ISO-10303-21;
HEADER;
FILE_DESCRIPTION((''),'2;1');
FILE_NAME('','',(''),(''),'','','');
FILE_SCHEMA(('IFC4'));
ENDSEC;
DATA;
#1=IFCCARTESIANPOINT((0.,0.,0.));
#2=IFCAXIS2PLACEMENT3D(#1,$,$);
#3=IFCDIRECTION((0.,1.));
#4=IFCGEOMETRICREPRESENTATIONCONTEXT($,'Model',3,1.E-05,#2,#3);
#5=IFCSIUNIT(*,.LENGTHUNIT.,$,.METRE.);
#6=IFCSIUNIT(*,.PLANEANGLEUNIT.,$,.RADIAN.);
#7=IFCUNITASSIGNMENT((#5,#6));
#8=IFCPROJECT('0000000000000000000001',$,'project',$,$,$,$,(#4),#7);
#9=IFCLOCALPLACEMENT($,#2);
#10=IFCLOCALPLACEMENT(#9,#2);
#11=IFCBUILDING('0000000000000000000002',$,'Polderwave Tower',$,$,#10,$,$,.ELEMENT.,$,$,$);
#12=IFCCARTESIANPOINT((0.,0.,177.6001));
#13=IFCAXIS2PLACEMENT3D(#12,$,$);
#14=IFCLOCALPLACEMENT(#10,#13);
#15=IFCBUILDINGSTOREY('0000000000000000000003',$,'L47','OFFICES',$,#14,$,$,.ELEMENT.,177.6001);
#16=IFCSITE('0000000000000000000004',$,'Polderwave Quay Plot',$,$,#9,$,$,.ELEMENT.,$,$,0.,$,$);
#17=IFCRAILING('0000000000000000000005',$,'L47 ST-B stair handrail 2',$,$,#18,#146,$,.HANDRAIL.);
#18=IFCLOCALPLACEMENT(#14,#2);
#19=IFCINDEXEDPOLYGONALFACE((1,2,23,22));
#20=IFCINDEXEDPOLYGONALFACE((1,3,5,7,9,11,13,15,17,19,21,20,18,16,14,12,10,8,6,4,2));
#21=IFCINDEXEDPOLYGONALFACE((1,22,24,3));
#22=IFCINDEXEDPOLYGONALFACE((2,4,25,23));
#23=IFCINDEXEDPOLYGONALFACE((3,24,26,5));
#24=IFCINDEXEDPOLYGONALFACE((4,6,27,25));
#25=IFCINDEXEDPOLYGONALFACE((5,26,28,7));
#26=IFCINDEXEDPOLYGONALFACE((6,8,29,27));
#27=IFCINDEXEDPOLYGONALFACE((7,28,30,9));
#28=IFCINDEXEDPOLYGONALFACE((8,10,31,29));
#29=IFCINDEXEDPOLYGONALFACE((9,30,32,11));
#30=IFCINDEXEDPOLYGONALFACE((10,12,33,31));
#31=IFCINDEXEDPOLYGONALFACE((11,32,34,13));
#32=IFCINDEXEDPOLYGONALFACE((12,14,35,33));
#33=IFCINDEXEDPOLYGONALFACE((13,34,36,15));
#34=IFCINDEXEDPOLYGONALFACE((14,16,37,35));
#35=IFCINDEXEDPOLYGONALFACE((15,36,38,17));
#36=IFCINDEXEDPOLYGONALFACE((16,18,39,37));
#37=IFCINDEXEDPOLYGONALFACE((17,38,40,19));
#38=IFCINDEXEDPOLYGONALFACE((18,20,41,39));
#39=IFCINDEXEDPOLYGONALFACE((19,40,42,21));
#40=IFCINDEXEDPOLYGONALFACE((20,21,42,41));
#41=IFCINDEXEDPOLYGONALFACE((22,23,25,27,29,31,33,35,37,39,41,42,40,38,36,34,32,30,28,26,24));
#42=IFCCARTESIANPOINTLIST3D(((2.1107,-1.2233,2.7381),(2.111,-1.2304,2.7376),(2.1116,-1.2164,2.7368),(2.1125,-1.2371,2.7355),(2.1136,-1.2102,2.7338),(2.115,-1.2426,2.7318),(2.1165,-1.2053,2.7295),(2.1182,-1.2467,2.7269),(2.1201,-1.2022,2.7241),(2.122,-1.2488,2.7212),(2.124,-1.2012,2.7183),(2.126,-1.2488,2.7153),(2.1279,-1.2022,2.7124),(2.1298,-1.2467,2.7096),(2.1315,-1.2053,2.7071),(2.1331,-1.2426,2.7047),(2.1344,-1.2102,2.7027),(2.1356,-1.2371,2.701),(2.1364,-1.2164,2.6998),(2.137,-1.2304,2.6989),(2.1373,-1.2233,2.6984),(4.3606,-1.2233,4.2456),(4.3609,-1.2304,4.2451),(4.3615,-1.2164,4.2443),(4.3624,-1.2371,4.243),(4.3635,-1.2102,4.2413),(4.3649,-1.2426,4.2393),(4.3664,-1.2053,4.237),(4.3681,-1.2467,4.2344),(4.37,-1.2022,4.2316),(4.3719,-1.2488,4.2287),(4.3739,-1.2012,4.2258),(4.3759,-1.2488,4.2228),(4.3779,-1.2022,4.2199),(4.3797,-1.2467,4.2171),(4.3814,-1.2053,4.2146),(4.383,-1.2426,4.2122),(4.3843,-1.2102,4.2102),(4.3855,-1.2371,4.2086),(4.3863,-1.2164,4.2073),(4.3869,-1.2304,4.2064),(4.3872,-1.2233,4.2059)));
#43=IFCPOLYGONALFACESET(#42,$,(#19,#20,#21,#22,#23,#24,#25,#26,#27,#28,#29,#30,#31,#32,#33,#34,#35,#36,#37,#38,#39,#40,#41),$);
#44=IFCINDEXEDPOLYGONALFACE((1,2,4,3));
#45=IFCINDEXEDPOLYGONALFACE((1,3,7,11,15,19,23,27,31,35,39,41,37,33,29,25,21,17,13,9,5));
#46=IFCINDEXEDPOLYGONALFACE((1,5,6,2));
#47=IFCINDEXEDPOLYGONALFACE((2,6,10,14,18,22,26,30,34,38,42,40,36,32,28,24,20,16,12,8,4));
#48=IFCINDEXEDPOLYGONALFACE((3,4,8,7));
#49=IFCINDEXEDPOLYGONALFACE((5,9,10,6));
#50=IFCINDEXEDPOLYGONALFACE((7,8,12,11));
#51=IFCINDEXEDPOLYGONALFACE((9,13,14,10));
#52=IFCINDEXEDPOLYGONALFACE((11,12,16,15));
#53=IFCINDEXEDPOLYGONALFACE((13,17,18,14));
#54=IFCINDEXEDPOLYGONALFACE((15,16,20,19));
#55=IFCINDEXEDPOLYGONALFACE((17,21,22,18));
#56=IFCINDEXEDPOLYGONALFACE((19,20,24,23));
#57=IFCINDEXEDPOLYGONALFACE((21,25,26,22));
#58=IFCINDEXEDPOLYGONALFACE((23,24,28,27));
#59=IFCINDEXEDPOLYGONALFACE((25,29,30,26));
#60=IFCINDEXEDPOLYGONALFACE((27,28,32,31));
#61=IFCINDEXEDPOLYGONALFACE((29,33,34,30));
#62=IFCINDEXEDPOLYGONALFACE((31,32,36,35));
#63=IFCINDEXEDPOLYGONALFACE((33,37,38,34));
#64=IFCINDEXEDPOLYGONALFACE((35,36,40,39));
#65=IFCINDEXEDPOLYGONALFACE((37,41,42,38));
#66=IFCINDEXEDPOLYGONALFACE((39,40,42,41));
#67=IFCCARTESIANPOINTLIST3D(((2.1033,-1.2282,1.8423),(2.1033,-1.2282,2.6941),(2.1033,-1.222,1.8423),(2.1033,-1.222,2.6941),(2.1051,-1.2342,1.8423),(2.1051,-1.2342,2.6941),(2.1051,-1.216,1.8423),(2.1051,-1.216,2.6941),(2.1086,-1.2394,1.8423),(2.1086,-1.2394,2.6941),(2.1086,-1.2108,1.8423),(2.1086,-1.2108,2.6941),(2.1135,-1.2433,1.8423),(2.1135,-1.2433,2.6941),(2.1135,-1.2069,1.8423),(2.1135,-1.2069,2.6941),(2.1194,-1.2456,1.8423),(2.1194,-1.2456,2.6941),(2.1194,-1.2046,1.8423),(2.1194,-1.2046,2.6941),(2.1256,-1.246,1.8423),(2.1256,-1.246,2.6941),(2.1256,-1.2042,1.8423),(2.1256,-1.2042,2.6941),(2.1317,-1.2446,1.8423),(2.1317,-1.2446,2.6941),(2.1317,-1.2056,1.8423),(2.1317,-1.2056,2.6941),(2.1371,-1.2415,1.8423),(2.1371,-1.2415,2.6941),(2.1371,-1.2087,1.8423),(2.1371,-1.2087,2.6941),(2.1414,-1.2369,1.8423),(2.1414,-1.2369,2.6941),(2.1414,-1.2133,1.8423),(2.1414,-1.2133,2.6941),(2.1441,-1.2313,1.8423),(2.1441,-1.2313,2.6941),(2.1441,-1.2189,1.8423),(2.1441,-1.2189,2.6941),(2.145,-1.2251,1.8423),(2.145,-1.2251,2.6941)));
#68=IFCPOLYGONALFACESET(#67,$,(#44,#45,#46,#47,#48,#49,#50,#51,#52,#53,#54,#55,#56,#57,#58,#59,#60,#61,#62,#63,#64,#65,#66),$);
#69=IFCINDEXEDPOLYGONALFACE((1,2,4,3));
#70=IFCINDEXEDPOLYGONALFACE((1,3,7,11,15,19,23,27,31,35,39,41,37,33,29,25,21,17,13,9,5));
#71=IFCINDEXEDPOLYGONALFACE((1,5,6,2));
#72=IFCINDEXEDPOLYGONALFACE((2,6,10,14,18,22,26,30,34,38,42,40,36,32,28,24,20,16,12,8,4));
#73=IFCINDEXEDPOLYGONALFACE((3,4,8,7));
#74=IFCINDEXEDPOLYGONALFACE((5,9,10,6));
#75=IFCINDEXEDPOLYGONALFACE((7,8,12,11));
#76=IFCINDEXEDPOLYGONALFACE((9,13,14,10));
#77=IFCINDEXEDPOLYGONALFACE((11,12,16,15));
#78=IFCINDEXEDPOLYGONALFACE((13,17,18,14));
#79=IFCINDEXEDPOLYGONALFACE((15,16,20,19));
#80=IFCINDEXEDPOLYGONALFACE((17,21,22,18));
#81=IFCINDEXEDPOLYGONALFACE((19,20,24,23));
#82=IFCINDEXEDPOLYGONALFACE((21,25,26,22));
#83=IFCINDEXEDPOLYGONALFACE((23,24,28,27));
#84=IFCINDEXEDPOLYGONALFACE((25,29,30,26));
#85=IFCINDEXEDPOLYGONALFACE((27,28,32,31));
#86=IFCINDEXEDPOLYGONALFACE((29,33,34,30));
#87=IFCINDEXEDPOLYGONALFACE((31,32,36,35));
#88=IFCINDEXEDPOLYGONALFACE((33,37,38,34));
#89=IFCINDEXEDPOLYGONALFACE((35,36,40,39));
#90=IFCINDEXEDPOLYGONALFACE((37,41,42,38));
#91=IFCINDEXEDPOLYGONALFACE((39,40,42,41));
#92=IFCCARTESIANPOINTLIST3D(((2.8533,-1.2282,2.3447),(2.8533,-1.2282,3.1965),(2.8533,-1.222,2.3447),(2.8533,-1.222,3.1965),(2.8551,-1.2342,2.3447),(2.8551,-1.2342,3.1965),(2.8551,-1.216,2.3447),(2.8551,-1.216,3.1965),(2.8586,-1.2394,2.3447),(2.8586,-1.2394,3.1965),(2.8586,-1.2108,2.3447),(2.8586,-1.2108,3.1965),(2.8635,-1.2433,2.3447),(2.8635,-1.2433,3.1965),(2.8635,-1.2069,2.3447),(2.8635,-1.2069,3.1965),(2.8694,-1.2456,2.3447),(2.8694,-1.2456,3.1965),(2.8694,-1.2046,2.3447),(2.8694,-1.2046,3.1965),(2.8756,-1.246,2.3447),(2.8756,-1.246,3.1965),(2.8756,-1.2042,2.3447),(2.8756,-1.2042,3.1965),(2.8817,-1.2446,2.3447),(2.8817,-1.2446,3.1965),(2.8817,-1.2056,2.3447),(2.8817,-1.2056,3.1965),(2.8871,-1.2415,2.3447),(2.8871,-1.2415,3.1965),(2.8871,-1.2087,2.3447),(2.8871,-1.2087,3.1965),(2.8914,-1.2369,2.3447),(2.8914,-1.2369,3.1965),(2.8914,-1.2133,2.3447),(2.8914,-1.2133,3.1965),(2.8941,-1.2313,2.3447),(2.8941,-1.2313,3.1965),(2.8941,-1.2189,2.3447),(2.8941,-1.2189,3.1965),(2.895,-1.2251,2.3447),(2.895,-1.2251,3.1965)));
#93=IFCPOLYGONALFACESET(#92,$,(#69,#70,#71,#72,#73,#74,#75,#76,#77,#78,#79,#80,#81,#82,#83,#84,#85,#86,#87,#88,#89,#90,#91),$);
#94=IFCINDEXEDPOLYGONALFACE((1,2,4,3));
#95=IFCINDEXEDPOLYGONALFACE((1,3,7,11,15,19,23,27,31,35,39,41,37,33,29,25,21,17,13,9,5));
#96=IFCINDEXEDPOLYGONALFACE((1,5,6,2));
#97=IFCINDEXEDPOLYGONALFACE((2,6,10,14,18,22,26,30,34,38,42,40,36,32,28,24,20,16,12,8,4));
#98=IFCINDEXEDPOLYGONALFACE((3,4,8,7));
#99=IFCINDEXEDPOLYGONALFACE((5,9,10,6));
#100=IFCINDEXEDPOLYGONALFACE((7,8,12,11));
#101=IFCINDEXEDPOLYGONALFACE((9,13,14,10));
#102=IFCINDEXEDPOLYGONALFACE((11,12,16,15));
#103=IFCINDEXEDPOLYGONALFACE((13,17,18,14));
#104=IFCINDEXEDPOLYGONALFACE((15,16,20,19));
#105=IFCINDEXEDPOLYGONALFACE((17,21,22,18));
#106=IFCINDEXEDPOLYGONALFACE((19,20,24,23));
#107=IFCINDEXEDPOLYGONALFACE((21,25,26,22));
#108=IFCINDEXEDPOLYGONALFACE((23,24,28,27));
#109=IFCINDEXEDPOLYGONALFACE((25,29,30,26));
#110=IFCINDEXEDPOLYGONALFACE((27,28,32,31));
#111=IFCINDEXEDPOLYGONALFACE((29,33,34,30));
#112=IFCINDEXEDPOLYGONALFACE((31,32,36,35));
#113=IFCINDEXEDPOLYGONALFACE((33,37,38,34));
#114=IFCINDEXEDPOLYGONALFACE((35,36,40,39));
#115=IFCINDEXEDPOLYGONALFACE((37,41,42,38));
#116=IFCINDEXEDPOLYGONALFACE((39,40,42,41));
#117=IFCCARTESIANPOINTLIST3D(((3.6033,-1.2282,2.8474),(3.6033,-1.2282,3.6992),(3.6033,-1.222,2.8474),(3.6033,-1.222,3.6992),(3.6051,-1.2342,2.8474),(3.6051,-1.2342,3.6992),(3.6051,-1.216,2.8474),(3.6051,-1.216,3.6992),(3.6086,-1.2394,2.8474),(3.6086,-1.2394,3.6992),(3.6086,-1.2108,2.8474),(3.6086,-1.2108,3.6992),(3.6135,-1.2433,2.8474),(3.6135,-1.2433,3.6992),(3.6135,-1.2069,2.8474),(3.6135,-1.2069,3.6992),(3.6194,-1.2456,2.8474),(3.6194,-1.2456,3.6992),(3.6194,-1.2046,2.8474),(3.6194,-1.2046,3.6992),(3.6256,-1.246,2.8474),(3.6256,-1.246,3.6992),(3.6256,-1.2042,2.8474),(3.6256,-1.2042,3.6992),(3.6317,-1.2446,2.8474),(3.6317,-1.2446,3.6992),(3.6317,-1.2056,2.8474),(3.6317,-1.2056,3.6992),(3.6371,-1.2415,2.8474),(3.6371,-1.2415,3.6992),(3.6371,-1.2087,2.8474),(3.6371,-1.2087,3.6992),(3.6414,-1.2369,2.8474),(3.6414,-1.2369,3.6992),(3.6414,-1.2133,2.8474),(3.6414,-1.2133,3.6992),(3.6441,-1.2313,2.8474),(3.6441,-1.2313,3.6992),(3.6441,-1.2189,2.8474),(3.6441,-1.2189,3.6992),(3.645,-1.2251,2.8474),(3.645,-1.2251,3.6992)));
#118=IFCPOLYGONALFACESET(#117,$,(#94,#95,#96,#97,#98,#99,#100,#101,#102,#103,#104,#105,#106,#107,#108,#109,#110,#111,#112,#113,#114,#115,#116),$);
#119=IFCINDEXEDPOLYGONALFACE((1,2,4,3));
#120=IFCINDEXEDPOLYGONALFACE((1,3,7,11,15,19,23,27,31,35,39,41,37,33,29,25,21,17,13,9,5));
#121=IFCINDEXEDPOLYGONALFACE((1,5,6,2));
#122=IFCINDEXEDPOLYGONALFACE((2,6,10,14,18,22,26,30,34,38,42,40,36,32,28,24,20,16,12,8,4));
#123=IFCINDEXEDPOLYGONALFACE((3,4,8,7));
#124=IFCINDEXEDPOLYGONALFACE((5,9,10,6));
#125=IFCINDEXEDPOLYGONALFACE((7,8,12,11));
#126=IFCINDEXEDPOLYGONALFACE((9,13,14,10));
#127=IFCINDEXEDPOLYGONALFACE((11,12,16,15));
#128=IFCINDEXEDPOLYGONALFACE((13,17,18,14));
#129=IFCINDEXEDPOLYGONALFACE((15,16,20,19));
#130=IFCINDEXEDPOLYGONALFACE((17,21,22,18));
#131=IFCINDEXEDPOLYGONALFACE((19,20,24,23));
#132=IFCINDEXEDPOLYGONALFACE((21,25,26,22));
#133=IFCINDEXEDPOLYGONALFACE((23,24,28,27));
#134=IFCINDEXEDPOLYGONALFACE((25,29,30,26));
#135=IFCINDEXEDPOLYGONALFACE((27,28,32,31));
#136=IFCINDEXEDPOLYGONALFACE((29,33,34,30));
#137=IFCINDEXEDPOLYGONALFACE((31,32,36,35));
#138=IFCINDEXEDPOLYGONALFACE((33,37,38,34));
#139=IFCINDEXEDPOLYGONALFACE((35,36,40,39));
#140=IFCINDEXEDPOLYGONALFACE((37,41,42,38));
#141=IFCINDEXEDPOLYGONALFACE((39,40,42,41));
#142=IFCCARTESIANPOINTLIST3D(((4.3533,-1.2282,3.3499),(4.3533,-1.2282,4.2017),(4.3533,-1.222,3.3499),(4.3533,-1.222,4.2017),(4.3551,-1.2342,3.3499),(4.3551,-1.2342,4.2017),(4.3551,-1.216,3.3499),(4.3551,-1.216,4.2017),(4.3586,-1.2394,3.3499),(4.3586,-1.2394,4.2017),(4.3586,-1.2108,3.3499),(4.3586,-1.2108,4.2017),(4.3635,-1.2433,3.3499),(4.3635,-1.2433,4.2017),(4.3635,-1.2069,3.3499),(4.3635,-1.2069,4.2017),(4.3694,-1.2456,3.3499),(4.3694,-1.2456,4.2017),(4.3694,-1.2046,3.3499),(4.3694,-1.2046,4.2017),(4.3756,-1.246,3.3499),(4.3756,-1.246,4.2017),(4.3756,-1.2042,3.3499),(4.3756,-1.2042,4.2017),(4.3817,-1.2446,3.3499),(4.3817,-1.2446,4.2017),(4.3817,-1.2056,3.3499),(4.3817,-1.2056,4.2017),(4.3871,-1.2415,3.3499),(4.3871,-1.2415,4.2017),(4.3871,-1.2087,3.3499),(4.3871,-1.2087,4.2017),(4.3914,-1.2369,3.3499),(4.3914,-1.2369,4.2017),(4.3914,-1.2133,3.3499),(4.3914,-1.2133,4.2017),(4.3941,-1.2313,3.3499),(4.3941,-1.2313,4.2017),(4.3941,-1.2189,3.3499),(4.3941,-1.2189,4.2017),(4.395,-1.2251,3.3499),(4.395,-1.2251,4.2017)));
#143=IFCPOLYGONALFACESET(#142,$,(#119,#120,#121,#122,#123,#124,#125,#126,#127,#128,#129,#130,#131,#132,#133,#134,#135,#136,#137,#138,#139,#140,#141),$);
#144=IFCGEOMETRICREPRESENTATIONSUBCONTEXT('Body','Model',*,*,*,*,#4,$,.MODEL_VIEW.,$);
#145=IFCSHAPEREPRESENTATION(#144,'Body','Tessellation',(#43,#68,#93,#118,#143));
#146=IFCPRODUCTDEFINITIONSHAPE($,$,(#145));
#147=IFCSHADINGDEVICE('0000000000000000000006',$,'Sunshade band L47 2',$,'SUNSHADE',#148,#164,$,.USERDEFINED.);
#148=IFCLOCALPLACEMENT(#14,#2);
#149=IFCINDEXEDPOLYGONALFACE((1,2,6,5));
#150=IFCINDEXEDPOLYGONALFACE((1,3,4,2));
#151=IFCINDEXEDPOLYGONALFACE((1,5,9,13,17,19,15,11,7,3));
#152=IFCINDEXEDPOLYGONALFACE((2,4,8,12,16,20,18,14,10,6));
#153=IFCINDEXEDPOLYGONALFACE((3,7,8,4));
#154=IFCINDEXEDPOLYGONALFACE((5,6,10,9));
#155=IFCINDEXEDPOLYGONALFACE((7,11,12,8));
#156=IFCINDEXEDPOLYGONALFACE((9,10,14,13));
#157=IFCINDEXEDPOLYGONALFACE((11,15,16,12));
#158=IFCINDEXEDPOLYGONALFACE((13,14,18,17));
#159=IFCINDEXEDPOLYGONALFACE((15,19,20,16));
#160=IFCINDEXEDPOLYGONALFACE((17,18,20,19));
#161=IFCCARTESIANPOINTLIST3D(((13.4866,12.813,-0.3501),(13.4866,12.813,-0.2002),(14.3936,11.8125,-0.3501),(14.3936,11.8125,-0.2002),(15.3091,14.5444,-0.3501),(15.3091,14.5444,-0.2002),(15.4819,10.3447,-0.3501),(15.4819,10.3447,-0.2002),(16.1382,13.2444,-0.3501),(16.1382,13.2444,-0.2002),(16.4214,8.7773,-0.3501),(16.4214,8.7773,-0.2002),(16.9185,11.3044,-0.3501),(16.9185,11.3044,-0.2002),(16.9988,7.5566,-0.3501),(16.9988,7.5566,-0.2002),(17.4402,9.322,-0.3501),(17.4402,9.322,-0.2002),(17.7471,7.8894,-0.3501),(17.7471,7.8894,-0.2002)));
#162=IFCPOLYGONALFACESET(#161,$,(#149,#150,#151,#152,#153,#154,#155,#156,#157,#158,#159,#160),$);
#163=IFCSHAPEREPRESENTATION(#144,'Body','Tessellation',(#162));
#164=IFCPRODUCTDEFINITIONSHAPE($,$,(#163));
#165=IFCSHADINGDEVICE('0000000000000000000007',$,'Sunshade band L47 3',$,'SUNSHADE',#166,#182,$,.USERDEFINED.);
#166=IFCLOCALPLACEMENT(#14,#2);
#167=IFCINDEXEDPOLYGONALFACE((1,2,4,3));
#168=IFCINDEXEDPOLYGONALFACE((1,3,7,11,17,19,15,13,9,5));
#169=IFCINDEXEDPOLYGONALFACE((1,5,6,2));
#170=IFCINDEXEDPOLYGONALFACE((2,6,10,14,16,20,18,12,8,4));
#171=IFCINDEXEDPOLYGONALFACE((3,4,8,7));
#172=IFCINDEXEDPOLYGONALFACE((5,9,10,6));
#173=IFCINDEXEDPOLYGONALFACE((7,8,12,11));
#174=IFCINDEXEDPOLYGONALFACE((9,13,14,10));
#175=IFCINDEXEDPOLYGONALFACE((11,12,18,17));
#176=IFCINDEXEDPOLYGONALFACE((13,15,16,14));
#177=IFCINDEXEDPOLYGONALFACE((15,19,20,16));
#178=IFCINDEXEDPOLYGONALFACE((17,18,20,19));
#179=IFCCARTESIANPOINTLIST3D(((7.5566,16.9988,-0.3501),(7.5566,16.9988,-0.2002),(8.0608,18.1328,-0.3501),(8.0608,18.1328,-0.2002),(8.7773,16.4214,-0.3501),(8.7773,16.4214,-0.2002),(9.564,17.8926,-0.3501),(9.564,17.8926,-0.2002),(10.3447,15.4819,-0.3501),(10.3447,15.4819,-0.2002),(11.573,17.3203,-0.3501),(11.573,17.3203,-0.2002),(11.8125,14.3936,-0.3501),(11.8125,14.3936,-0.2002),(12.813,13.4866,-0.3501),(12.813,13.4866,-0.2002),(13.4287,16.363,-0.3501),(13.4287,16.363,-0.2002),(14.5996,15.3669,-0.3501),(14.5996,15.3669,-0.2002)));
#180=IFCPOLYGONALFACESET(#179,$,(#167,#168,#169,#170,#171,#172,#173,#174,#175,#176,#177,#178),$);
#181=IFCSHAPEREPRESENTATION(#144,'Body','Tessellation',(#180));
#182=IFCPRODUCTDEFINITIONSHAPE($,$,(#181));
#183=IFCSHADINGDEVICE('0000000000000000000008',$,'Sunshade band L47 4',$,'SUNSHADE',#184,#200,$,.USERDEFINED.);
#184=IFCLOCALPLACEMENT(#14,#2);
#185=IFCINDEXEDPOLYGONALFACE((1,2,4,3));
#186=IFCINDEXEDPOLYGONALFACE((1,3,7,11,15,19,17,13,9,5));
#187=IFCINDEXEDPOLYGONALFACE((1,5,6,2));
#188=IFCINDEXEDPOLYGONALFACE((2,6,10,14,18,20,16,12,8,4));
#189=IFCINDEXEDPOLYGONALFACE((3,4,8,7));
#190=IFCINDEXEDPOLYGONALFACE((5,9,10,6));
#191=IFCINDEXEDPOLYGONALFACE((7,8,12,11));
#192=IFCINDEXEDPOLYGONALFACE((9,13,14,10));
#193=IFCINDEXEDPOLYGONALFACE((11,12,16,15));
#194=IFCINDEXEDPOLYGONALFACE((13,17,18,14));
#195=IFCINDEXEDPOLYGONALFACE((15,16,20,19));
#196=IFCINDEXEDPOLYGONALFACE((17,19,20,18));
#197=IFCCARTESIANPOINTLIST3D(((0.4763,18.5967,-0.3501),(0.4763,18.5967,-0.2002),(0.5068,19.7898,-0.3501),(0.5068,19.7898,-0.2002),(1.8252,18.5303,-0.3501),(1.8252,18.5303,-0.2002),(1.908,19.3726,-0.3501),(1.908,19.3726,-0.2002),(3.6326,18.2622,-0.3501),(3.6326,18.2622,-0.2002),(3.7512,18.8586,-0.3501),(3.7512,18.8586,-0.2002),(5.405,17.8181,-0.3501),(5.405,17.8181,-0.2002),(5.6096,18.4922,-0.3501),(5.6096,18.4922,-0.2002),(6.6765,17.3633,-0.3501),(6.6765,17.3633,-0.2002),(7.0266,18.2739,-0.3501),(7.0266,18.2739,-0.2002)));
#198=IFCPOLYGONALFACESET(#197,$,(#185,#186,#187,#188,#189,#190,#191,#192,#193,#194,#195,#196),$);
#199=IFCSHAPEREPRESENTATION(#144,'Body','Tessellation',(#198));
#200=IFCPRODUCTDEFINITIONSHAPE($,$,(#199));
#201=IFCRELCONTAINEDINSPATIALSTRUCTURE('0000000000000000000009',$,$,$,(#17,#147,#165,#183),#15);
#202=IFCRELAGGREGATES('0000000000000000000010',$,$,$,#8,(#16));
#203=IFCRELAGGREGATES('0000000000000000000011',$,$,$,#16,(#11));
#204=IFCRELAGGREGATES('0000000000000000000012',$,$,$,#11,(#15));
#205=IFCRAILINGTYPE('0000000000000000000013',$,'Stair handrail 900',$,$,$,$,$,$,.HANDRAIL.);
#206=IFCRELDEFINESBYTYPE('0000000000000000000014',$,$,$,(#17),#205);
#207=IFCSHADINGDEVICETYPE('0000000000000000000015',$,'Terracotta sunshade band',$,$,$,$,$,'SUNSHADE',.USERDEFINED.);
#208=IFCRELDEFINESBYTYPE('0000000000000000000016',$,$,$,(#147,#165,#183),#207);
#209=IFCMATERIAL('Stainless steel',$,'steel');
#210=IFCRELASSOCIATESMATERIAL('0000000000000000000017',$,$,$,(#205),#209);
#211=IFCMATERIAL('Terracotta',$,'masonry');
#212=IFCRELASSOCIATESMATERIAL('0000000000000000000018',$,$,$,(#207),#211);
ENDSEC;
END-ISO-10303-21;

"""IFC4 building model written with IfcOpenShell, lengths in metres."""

from ifc_helpers import new_model, si_unit, direction, frame, origin, origin_2d, place, context, subcontext, project, spatial, polyline, circle, outline, extrude, material, type_object, element, save


model = new_model("IFC4")

# Units and contexts
model_context = context("Model", 3, precision=1e-05, world=origin(), true_north=direction((0.0, 1.0)))
body_context = subcontext(model_context, "Body", "Model", "MODEL_VIEW")
ifc_project = project(units=[si_unit("LENGTHUNIT", "METRE"), si_unit("PLANEANGLEUNIT", "RADIAN")], contexts=[model_context])

# Site, building, storey
site_placement = place(None, origin())
site = spatial("IfcSite", under=ifc_project, at=site_placement, Name="Polderwave Quay Plot", CompositionType="ELEMENT", RefElevation=0.0)
building_placement = place(site_placement, origin())
building = spatial("IfcBuilding", under=site, at=building_placement, Name="Polderwave Tower", CompositionType="ELEMENT")
storey_placement = place(building_placement, frame((0.0, 0.0, 177.6001)))
storey = spatial("IfcBuildingStorey", under=building, at=storey_placement, Name="L47", Description="OFFICES", CompositionType="ELEMENT", Elevation=177.6001)

# Railing
ifc_material_1 = material(Name="Stainless steel", Category="steel")
railing_type_1 = type_object("IfcRailingType", Name="Stair handrail 900", PredefinedType="HANDRAIL", material=ifc_material_1)
railing_1_placement = place(storey_placement, frame((2.124, -1.2251, 1.8423)))
element("IfcRailing", 1, at=railing_1_placement, inside=storey, type_object=railing_type_1, Name="L47 ST-B stair handrail 2", PredefinedType="HANDRAIL", context=body_context, shape_type="SweptSolid", body=[
    extrude(circle(Radius=0.0239, at=origin_2d()), frame((0.0, 0.0, 0.876), z_axis=(0.830758, 0.0, 0.556633), x_axis=(0.0, 1.0, 0.0)), (0.0, 0.0, 1.0), 2.7083),
    extrude(circle(Radius=0.021, at=origin_2d()), origin(), (0.0, 0.0, 1.0), 0.8518),
    extrude(circle(Radius=0.021, at=origin_2d()), frame((0.75, 0.0, 0.5024)), (0.0, 0.0, 1.0), 0.8518),
    extrude(circle(Radius=0.021, at=origin_2d()), frame((1.5, 0.0, 1.0051)), (0.0, 0.0, 1.0), 0.8518),
    extrude(circle(Radius=0.021, at=origin_2d()), frame((2.25, 0.0, 1.5076)), (0.0, 0.0, 1.0), 0.8518),
])

# Shading devices
ifc_material_2 = material(Name="Terracotta", Category="masonry")
shading_device_type = type_object("IfcShadingDeviceType", Name="Terracotta sunshade band", ElementType="SUNSHADE", PredefinedType="USERDEFINED", material=ifc_material_2)
shading_device_1_placement = place(storey_placement, frame((0.0, 0.0, -0.3501)))
element("IfcShadingDevice", 2, at=shading_device_1_placement, inside=storey, type_object=shading_device_type, Name="Sunshade band L47 2", ObjectType="SUNSHADE", PredefinedType="USERDEFINED", context=body_context, shape_type="SweptSolid", body=[
    extrude(outline(polyline([(16.9988, 7.5566), (16.4214, 8.7773), (15.4819, 10.3447), (14.3936, 11.8125), (13.4866, 12.813), (15.3091, 14.5444), (16.1382, 13.2444), (16.9185, 11.3044), (17.4402, 9.322), (17.7471, 7.8894), (16.9988, 7.5566)])), origin(), (0.0, 0.0, 1.0), 0.1499),
])
shading_device_2_placement = place(storey_placement, frame((0.0, 0.0, -0.3501)))
element("IfcShadingDevice", 3, at=shading_device_2_placement, inside=storey, type_object=shading_device_type, Name="Sunshade band L47 3", ObjectType="SUNSHADE", PredefinedType="USERDEFINED", context=body_context, shape_type="SweptSolid", body=[
    extrude(outline(polyline([(12.813, 13.4866), (11.8125, 14.3936), (10.3447, 15.4819), (8.7773, 16.4214), (7.5566, 16.9988), (8.0608, 18.1328), (9.564, 17.8926), (11.573, 17.3203), (13.4287, 16.363), (14.5996, 15.3669), (12.813, 13.4866)])), origin(), (0.0, 0.0, 1.0), 0.1499),
])
shading_device_3_placement = place(storey_placement, frame((0.0, 0.0, -0.3501)))
element("IfcShadingDevice", 4, at=shading_device_3_placement, inside=storey, type_object=shading_device_type, Name="Sunshade band L47 4", ObjectType="SUNSHADE", PredefinedType="USERDEFINED", context=body_context, shape_type="SweptSolid", body=[
    extrude(outline(polyline([(6.6765, 17.3633), (5.405, 17.8181), (3.6326, 18.2622), (1.8252, 18.5303), (0.4763, 18.5967), (0.5068, 19.7898), (1.908, 19.3726), (3.7512, 18.8586), (5.6096, 18.4922), (7.0266, 18.2739), (6.6765, 17.3633)])), origin(), (0.0, 0.0, 1.0), 0.1499),
])

save(model, "model.ifc")
